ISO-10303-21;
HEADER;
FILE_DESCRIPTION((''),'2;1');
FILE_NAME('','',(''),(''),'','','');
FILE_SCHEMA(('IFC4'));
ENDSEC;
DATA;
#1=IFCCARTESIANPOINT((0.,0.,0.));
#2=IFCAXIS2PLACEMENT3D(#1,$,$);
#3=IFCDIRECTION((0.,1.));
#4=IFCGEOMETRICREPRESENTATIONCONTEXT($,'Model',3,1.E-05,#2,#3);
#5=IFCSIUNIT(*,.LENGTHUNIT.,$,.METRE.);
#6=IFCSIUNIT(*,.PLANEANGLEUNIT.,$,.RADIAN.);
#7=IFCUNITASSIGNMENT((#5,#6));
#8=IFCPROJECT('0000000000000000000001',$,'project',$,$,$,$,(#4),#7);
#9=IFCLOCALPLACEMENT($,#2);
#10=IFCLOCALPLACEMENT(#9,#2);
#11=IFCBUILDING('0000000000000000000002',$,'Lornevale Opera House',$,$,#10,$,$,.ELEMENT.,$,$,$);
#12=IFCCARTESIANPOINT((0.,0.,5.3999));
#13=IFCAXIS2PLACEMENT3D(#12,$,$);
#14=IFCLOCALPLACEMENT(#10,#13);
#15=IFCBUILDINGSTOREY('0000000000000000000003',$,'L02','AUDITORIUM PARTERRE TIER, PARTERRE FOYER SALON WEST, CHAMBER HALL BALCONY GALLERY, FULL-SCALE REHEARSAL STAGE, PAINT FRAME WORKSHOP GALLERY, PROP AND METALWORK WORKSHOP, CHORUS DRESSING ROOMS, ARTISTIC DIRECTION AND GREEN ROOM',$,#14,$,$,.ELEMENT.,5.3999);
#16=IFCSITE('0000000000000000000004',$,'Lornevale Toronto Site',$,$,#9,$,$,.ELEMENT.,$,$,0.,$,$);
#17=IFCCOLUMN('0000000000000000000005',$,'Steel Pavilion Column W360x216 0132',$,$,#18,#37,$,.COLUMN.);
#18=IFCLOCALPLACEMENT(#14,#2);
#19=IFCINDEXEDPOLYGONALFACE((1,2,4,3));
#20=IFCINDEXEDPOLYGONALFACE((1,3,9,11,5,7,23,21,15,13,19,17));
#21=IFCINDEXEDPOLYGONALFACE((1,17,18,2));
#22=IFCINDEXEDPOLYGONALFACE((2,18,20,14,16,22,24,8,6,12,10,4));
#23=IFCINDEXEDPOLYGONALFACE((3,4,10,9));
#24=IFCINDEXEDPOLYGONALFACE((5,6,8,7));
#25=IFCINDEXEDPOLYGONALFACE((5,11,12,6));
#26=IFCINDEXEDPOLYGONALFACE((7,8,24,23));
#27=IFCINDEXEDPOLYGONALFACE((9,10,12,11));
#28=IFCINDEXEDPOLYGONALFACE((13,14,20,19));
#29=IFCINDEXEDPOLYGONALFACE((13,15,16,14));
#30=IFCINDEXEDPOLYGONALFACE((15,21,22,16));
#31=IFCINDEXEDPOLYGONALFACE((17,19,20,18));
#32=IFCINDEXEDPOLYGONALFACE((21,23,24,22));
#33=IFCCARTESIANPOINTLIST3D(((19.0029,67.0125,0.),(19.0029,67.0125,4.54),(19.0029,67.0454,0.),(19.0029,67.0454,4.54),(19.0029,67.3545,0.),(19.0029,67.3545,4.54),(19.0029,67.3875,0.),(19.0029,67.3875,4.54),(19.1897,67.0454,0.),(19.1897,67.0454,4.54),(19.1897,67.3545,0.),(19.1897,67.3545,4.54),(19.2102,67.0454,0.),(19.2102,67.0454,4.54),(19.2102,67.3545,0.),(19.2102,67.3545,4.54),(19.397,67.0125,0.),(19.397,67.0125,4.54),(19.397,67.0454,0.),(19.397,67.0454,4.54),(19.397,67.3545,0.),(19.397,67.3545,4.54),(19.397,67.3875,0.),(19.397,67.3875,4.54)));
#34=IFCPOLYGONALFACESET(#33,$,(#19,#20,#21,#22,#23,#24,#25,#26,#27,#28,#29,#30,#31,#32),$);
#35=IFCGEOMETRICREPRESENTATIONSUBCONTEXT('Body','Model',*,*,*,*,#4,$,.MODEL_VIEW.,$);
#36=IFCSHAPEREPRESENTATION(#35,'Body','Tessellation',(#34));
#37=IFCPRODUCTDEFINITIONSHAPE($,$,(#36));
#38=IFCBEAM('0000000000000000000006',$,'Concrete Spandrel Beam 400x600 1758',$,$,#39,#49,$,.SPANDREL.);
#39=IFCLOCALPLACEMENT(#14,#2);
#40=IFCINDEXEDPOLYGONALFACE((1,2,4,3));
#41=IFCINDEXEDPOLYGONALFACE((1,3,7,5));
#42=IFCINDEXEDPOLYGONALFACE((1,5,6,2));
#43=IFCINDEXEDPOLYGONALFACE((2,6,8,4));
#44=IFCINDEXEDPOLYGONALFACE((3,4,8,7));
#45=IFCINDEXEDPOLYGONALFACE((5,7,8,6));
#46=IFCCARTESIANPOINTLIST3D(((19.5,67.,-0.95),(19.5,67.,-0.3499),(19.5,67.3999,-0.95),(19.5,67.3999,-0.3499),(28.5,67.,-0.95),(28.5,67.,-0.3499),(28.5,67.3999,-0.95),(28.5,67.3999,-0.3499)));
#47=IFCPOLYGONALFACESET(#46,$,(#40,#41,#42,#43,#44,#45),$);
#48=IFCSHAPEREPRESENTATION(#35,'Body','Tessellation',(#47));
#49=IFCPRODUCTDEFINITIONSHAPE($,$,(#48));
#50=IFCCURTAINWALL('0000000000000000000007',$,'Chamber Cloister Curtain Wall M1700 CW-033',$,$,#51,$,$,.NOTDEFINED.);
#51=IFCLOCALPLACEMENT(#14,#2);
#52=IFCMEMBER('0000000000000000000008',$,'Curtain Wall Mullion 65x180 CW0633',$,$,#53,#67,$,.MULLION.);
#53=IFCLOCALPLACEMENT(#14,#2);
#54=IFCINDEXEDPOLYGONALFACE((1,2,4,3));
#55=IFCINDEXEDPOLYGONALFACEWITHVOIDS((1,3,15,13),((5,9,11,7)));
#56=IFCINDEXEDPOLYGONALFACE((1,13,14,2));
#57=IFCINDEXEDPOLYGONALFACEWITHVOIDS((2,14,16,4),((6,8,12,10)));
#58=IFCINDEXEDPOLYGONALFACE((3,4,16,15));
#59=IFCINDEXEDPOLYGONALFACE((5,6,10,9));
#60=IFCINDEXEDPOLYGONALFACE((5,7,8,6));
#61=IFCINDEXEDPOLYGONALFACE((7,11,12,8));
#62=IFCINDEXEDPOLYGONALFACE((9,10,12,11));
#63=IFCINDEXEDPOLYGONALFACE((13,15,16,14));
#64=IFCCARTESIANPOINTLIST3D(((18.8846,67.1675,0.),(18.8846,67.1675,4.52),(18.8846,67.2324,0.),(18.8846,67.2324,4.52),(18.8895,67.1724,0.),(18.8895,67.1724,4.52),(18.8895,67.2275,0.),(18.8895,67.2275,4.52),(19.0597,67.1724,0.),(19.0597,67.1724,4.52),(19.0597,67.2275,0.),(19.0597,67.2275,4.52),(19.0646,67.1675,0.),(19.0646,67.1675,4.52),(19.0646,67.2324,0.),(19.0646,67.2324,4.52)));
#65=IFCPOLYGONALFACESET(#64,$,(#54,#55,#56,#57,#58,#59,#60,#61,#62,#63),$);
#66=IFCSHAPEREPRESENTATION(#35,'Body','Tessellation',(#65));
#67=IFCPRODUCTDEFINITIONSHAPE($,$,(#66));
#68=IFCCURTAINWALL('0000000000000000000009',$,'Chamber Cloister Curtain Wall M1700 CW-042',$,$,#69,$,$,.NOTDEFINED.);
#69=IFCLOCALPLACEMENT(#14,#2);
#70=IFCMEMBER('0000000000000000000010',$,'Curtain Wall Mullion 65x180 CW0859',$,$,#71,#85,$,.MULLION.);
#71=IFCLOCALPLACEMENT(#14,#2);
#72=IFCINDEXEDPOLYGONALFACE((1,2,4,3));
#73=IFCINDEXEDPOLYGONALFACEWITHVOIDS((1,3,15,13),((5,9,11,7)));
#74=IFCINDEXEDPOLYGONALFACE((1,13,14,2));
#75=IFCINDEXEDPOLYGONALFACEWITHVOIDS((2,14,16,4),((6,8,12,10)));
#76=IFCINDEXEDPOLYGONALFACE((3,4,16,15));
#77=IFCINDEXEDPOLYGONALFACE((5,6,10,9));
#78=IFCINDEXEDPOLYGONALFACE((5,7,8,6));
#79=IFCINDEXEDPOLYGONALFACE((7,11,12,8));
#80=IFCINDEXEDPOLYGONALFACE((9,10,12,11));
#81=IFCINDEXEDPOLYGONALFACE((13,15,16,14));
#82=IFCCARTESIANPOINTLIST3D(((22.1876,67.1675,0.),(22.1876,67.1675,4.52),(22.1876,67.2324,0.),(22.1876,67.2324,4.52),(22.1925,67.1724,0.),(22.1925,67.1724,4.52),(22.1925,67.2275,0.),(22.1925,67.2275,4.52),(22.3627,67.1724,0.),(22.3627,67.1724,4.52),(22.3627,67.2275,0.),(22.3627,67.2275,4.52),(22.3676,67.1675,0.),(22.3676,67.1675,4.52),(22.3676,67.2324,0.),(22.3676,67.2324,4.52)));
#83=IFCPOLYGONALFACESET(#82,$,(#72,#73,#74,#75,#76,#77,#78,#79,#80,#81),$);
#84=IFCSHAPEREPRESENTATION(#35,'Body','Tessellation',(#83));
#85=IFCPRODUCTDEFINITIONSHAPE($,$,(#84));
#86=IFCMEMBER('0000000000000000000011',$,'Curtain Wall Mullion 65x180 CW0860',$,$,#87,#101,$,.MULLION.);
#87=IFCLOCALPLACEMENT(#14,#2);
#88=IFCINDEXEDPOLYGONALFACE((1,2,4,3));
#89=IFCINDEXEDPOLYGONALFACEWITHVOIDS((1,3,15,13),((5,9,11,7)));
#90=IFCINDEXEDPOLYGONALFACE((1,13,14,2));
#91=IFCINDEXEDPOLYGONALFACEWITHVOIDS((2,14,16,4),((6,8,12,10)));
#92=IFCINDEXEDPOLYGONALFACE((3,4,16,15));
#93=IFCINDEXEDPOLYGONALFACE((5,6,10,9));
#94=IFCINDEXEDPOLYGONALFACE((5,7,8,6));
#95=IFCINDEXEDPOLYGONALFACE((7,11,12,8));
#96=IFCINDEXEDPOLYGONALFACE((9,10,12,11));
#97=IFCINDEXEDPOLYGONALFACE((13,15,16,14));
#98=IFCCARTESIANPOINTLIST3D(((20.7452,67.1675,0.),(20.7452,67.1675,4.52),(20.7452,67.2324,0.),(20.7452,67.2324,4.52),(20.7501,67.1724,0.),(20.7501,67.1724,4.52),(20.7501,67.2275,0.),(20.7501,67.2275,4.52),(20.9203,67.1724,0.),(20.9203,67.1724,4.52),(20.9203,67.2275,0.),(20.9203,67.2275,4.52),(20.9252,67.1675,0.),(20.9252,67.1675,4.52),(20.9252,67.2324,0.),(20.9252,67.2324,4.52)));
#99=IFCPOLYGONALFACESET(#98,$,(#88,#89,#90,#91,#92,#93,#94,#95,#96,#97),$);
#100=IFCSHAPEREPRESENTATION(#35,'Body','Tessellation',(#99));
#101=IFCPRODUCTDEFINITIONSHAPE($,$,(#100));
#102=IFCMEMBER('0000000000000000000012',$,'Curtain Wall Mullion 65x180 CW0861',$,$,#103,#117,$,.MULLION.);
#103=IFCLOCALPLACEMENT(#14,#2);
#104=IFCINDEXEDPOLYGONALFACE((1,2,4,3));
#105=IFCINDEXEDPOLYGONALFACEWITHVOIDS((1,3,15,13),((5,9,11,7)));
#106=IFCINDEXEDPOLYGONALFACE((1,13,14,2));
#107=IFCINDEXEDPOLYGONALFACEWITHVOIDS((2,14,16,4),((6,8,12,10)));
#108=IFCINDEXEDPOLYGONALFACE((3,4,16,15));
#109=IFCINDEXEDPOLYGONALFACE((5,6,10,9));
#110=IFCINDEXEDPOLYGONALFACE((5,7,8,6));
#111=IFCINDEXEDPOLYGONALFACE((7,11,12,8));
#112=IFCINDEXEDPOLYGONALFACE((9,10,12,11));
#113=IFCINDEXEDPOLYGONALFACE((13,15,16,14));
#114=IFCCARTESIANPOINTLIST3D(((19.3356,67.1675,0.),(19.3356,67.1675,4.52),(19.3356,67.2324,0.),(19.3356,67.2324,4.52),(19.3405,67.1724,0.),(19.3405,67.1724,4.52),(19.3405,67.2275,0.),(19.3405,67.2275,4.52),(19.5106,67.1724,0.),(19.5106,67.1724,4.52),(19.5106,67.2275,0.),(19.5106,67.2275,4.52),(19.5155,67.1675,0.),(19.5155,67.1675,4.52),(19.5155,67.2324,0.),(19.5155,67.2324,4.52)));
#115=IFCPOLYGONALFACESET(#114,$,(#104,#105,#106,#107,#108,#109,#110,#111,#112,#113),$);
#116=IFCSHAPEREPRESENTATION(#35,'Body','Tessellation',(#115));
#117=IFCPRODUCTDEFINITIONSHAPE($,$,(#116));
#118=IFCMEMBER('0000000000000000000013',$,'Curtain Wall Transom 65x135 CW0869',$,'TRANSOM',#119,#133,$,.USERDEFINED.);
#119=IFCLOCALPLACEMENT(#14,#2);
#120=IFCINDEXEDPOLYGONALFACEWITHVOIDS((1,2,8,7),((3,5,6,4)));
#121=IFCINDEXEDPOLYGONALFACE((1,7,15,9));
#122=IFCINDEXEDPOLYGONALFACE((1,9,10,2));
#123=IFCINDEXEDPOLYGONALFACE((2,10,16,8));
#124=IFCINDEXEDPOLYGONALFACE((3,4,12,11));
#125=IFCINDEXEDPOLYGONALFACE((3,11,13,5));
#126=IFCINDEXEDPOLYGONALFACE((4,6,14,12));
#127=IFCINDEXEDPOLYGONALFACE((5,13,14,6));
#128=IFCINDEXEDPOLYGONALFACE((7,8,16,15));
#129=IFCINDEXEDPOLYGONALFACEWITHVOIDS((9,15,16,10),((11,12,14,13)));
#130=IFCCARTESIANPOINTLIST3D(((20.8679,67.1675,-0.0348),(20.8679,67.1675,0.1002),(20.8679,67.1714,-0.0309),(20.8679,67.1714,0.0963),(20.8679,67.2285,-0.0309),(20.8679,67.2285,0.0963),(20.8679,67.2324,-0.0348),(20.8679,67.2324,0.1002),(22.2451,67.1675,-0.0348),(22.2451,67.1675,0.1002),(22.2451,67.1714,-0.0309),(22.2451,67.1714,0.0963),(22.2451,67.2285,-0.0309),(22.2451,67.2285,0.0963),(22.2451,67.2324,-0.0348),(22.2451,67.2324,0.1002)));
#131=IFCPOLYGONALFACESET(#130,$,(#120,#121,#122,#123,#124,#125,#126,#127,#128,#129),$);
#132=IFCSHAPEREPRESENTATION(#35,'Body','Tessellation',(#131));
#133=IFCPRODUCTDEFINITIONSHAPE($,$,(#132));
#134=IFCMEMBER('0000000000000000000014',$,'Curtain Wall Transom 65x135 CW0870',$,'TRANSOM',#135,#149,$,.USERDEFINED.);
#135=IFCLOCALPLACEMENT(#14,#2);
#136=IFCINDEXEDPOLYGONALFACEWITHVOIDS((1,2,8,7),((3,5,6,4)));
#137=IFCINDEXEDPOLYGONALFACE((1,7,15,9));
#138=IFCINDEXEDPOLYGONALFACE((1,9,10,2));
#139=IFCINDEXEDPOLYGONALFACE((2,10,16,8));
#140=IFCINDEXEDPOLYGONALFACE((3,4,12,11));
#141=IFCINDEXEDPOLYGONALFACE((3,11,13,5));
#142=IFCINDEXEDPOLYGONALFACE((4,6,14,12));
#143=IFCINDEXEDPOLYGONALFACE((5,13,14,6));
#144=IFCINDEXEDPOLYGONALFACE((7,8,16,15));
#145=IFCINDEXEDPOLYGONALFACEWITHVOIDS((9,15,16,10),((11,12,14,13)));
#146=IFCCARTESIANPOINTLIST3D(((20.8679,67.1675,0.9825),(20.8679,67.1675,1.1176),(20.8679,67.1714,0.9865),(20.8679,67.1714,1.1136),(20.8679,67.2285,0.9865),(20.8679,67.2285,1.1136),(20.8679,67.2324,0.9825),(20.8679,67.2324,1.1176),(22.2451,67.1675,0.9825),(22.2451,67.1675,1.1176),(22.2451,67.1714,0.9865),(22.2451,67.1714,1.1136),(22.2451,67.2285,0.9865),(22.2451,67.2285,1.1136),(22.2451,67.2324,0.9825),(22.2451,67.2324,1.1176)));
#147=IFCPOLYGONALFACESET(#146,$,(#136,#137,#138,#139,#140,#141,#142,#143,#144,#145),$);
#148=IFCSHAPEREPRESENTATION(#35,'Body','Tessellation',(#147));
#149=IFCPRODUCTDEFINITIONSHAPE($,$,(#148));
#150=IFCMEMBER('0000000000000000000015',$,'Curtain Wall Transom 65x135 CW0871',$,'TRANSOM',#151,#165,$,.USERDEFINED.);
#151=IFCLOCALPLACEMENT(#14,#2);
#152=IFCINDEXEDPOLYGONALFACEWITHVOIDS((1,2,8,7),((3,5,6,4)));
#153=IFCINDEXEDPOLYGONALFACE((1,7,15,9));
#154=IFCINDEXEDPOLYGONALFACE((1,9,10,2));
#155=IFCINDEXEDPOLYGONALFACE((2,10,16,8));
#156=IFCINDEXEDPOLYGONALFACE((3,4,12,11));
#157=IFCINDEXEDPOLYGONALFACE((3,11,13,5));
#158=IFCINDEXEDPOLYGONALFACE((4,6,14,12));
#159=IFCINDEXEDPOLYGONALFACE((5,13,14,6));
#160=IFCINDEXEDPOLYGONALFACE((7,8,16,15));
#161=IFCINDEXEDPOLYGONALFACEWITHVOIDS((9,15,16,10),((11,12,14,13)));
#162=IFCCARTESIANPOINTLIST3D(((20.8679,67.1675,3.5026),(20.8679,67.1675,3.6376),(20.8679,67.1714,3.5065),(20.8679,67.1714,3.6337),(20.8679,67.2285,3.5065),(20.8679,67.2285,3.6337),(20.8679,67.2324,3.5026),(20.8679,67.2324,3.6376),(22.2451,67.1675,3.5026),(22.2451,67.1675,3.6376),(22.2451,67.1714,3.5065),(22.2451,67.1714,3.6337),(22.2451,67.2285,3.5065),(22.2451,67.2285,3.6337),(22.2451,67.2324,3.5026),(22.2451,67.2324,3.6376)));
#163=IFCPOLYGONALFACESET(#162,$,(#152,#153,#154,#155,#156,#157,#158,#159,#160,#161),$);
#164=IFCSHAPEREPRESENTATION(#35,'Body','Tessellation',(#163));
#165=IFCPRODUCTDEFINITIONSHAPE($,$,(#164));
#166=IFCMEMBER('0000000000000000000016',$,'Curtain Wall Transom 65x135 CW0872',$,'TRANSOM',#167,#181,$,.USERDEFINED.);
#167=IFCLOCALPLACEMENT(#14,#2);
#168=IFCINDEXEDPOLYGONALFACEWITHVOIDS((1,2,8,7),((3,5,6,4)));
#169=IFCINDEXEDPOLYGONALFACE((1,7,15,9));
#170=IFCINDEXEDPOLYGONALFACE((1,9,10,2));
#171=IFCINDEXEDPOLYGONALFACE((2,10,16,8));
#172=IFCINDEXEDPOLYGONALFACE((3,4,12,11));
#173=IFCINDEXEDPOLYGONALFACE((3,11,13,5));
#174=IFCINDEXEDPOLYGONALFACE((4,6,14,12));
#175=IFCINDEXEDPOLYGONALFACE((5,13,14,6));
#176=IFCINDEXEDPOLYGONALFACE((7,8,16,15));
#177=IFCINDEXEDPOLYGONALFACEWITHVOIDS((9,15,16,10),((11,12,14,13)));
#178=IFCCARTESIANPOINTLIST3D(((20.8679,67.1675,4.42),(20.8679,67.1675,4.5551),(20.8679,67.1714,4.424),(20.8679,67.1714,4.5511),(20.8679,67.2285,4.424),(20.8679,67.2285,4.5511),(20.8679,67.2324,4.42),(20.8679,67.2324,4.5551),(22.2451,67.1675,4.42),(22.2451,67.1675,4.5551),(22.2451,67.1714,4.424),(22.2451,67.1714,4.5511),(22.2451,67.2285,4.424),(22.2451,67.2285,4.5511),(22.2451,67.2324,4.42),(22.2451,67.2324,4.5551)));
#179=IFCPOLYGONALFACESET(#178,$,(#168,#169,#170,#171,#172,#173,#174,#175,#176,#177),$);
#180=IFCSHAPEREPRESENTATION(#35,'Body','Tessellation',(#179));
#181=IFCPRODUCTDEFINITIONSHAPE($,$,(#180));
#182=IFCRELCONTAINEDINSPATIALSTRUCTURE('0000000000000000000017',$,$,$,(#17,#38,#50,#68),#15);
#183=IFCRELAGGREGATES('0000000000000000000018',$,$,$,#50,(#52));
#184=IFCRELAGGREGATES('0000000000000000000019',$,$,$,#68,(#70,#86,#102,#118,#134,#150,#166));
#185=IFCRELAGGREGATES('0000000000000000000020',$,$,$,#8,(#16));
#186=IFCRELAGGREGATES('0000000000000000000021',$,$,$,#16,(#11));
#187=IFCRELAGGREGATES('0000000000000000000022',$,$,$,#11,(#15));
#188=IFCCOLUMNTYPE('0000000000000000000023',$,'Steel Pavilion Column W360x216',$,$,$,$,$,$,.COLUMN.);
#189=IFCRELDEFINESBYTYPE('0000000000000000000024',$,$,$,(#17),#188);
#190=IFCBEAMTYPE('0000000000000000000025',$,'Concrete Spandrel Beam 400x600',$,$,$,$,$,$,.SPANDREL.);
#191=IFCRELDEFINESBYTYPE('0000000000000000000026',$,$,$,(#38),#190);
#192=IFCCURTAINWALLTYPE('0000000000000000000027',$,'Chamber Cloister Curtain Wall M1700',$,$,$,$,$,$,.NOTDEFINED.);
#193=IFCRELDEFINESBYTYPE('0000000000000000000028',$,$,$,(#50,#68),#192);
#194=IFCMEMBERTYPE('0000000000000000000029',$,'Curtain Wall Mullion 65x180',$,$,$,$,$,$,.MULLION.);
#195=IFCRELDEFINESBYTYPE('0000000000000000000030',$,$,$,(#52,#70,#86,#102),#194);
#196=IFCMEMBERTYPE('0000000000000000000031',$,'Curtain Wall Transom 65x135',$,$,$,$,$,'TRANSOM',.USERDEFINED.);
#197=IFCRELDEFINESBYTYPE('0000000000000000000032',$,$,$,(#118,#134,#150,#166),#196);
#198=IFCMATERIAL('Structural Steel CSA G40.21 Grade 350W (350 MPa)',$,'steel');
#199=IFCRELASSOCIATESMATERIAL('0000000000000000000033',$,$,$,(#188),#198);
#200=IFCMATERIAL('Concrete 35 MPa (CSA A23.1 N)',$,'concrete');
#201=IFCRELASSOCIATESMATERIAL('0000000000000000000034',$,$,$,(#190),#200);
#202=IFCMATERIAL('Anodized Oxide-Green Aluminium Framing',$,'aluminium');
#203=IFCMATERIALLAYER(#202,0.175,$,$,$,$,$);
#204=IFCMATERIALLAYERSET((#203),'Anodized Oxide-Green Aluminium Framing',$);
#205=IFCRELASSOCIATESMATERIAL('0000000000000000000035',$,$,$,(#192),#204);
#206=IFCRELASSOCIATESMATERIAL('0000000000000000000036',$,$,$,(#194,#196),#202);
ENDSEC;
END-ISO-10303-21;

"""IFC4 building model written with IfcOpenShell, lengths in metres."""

from ifc_helpers import new_model, si_unit, direction, frame, origin, origin_2d, place, context, subcontext, project, spatial, rectangle, hollow_rectangle, i_section, extrude, material, layer, layer_set, material_profile, profile_set, type_object, element, aggregate, save


model = new_model("IFC4")

# Units and contexts
model_context = context("Model", 3, precision=1e-05, world=origin(), true_north=direction((0.0, 1.0)))
body_context = subcontext(model_context, "Body", "Model", "MODEL_VIEW")
ifc_project = project(units=[si_unit("LENGTHUNIT", "METRE"), si_unit("PLANEANGLEUNIT", "RADIAN")], contexts=[model_context])

# Site, building, storey
site_placement = place(None, origin())
site = spatial("IfcSite", under=ifc_project, at=site_placement, Name="Lornevale Toronto Site", CompositionType="ELEMENT", RefElevation=0.0)
building_placement = place(site_placement, origin())
building = spatial("IfcBuilding", under=site, at=building_placement, Name="Lornevale Opera House", CompositionType="ELEMENT")
storey_placement = place(building_placement, frame((0.0, 0.0, 5.3999)))
storey = spatial("IfcBuildingStorey", under=building, at=storey_placement, Name="L02", Description="AUDITORIUM PARTERRE TIER, PARTERRE FOYER SALON WEST, CHAMBER HALL BALCONY GALLERY, FULL-SCALE REHEARSAL STAGE, PAINT FRAME WORKSHOP GALLERY, PROP AND METALWORK WORKSHOP, CHORUS DRESSING ROOMS, ARTISTIC DIRECTION AND GREEN ROOM", CompositionType="ELEMENT", Elevation=5.3999)

# Column
ifc_material_1 = material(Name="Structural Steel CSA G40.21 Grade 350W (350 MPa)", Category="steel")
ifc_material_profile_1 = material_profile(ifc_material_1, i_section(OverallWidth=0.394, OverallDepth=0.375, WebThickness=0.0205, FlangeThickness=0.033, at=origin_2d()), Name="W360x216")
ifc_profile_set_1 = profile_set([ifc_material_profile_1], Name="Structural Steel CSA G40.21 Grade 350W (350 MPa)")
column_type = type_object("IfcColumnType", Name="Steel Pavilion Column W360x216", PredefinedType="COLUMN", material=ifc_profile_set_1)
column_placement = place(storey_placement, frame((19.2, 67.2, 0.0), z_axis=(0.0, 0.0, 1.0), x_axis=(1.0, 0.0, 0.0)))
element("IfcColumn", 1, at=column_placement, inside=storey, type_object=column_type, Name="Steel Pavilion Column W360x216 0132", PredefinedType="COLUMN", context=body_context, shape_type="SweptSolid", body=[
    extrude(i_section(OverallWidth=0.394, OverallDepth=0.375, WebThickness=0.0205, FlangeThickness=0.033, at=origin_2d()), origin(), (0.0, 0.0, 1.0), 4.54),
])

# Beam
ifc_material_2 = material(Name="Concrete 35 MPa (CSA A23.1 N)", Category="concrete")
ifc_material_profile_2 = material_profile(ifc_material_2, rectangle(XDim=0.3999, YDim=0.6001, at=origin_2d()), Name="RC400x600")
ifc_profile_set_2 = profile_set([ifc_material_profile_2], Name="Concrete 35 MPa (CSA A23.1 N)")
beam_type = type_object("IfcBeamType", Name="Concrete Spandrel Beam 400x600", PredefinedType="SPANDREL", material=ifc_profile_set_2)
beam_placement = place(storey_placement, frame((19.5, 67.2, -0.6499), z_axis=(1.0, 0.0, 0.0), x_axis=(0.0, 1.0, 0.0)))
element("IfcBeam", 2, at=beam_placement, inside=storey, type_object=beam_type, Name="Concrete Spandrel Beam 400x600 1758", PredefinedType="SPANDREL", context=body_context, shape_type="SweptSolid", body=[
    extrude(rectangle(XDim=0.3999, YDim=0.6001, at=origin_2d()), origin(), (0.0, 0.0, 1.0), 9.0),
])

# Curtain wall, member
ifc_material_3 = material(Name="Anodized Oxide-Green Aluminium Framing", Category="aluminium")
ifc_layer_1 = layer(ifc_material_3, 0.175)
ifc_layer_set_1 = layer_set([ifc_layer_1], Name="Anodized Oxide-Green Aluminium Framing")
curtain_wall_type = type_object("IfcCurtainWallType", Name="Chamber Cloister Curtain Wall M1700", PredefinedType="NOTDEFINED", material=ifc_layer_set_1)
curtain_wall_1_placement = place(storey_placement, origin())
curtain_wall_1 = element("IfcCurtainWall", 3, at=curtain_wall_1_placement, inside=storey, type_object=curtain_wall_type, Name="Chamber Cloister Curtain Wall M1700 CW-033", PredefinedType="NOTDEFINED")
ifc_material_profile_3 = material_profile(ifc_material_3, hollow_rectangle(XDim=0.0649, YDim=0.1799, WallThickness=0.0049, at=origin_2d()), Name="ALU65x180x5")
ifc_profile_set_3 = profile_set([ifc_material_profile_3], Name="Anodized Oxide-Green Aluminium Framing")
member_type_1 = type_object("IfcMemberType", Name="Curtain Wall Mullion 65x180", PredefinedType="MULLION", material=ifc_profile_set_3)
member_1_placement = place(storey_placement, frame((18.9746, 67.2, 0.0), z_axis=(0.0, 0.0, 1.0), x_axis=(0.0, -1.0, 0.0)))
member_1 = element("IfcMember", 4, at=member_1_placement, type_object=member_type_1, Name="Curtain Wall Mullion 65x180 CW0633", PredefinedType="MULLION", context=body_context, shape_type="SweptSolid", body=[
    extrude(hollow_rectangle(XDim=0.0649, YDim=0.1799, WallThickness=0.0049, at=origin_2d()), origin(), (0.0, 0.0, 1.0), 4.52),
])
aggregate(curtain_wall_1, [member_1])

# Curtain wall, members
curtain_wall_2_placement = place(storey_placement, origin())
curtain_wall_2 = element("IfcCurtainWall", 5, at=curtain_wall_2_placement, inside=storey, type_object=curtain_wall_type, Name="Chamber Cloister Curtain Wall M1700 CW-042", PredefinedType="NOTDEFINED")
member_2_placement = place(storey_placement, frame((22.2776, 67.2, 0.0), z_axis=(0.0, 0.0, 1.0), x_axis=(0.0, -1.0, 0.0)))
member_2 = element("IfcMember", 6, at=member_2_placement, type_object=member_type_1, Name="Curtain Wall Mullion 65x180 CW0859", PredefinedType="MULLION", context=body_context, shape_type="SweptSolid", body=[
    extrude(hollow_rectangle(XDim=0.0649, YDim=0.1799, WallThickness=0.0049, at=origin_2d()), origin(), (0.0, 0.0, 1.0), 4.52),
])
member_3_placement = place(storey_placement, frame((20.8352, 67.2, 0.0), z_axis=(0.0, 0.0, 1.0), x_axis=(0.0, -1.0, 0.0)))
member_3 = element("IfcMember", 7, at=member_3_placement, type_object=member_type_1, Name="Curtain Wall Mullion 65x180 CW0860", PredefinedType="MULLION", context=body_context, shape_type="SweptSolid", body=[
    extrude(hollow_rectangle(XDim=0.0649, YDim=0.1799, WallThickness=0.0049, at=origin_2d()), origin(), (0.0, 0.0, 1.0), 4.52),
])
member_4_placement = place(storey_placement, frame((19.4255, 67.2, 0.0), z_axis=(0.0, 0.0, 1.0), x_axis=(0.0, -1.0, 0.0)))
member_4 = element("IfcMember", 8, at=member_4_placement, type_object=member_type_1, Name="Curtain Wall Mullion 65x180 CW0861", PredefinedType="MULLION", context=body_context, shape_type="SweptSolid", body=[
    extrude(hollow_rectangle(XDim=0.0649, YDim=0.1799, WallThickness=0.0049, at=origin_2d()), origin(), (0.0, 0.0, 1.0), 4.52),
])
ifc_material_profile_4 = material_profile(ifc_material_3, hollow_rectangle(XDim=0.0649, YDim=0.135, WallThickness=0.0039, at=origin_2d()), Name="ALU65x135x4")
ifc_profile_set_4 = profile_set([ifc_material_profile_4], Name="Anodized Oxide-Green Aluminium Framing")
member_type_2 = type_object("IfcMemberType", Name="Curtain Wall Transom 65x135", ElementType="TRANSOM", PredefinedType="USERDEFINED", material=ifc_profile_set_4)
member_5_placement = place(storey_placement, frame((22.2451, 67.2, 0.0327), z_axis=(-1.0, 0.0, 0.0), x_axis=(0.0, -1.0, 0.0)))
member_5 = element("IfcMember", 9, at=member_5_placement, type_object=member_type_2, Name="Curtain Wall Transom 65x135 CW0869", ObjectType="TRANSOM", PredefinedType="USERDEFINED", context=body_context, shape_type="SweptSolid", body=[
    extrude(hollow_rectangle(XDim=0.0649, YDim=0.135, WallThickness=0.0039, at=origin_2d()), origin(), (0.0, 0.0, 1.0), 1.3772),
])
member_6_placement = place(storey_placement, frame((22.2451, 67.2, 1.05), z_axis=(-1.0, 0.0, 0.0), x_axis=(0.0, -1.0, 0.0)))
member_6 = element("IfcMember", 10, at=member_6_placement, type_object=member_type_2, Name="Curtain Wall Transom 65x135 CW0870", ObjectType="TRANSOM", PredefinedType="USERDEFINED", context=body_context, shape_type="SweptSolid", body=[
    extrude(hollow_rectangle(XDim=0.0649, YDim=0.135, WallThickness=0.0039, at=origin_2d()), origin(), (0.0, 0.0, 1.0), 1.3772),
])
member_7_placement = place(storey_placement, frame((22.2451, 67.2, 3.5701), z_axis=(-1.0, 0.0, 0.0), x_axis=(0.0, -1.0, 0.0)))
member_7 = element("IfcMember", 11, at=member_7_placement, type_object=member_type_2, Name="Curtain Wall Transom 65x135 CW0871", ObjectType="TRANSOM", PredefinedType="USERDEFINED", context=body_context, shape_type="SweptSolid", body=[
    extrude(hollow_rectangle(XDim=0.0649, YDim=0.135, WallThickness=0.0039, at=origin_2d()), origin(), (0.0, 0.0, 1.0), 1.3772),
])
member_8_placement = place(storey_placement, frame((22.2451, 67.2, 4.4875), z_axis=(-1.0, 0.0, 0.0), x_axis=(0.0, -1.0, 0.0)))
member_8 = element("IfcMember", 12, at=member_8_placement, type_object=member_type_2, Name="Curtain Wall Transom 65x135 CW0872", ObjectType="TRANSOM", PredefinedType="USERDEFINED", context=body_context, shape_type="SweptSolid", body=[
    extrude(hollow_rectangle(XDim=0.0649, YDim=0.135, WallThickness=0.0039, at=origin_2d()), origin(), (0.0, 0.0, 1.0), 1.3772),
])
aggregate(curtain_wall_2, [member_2, member_3, member_4, member_5, member_6, member_7, member_8])

save(model, "model.ifc")
